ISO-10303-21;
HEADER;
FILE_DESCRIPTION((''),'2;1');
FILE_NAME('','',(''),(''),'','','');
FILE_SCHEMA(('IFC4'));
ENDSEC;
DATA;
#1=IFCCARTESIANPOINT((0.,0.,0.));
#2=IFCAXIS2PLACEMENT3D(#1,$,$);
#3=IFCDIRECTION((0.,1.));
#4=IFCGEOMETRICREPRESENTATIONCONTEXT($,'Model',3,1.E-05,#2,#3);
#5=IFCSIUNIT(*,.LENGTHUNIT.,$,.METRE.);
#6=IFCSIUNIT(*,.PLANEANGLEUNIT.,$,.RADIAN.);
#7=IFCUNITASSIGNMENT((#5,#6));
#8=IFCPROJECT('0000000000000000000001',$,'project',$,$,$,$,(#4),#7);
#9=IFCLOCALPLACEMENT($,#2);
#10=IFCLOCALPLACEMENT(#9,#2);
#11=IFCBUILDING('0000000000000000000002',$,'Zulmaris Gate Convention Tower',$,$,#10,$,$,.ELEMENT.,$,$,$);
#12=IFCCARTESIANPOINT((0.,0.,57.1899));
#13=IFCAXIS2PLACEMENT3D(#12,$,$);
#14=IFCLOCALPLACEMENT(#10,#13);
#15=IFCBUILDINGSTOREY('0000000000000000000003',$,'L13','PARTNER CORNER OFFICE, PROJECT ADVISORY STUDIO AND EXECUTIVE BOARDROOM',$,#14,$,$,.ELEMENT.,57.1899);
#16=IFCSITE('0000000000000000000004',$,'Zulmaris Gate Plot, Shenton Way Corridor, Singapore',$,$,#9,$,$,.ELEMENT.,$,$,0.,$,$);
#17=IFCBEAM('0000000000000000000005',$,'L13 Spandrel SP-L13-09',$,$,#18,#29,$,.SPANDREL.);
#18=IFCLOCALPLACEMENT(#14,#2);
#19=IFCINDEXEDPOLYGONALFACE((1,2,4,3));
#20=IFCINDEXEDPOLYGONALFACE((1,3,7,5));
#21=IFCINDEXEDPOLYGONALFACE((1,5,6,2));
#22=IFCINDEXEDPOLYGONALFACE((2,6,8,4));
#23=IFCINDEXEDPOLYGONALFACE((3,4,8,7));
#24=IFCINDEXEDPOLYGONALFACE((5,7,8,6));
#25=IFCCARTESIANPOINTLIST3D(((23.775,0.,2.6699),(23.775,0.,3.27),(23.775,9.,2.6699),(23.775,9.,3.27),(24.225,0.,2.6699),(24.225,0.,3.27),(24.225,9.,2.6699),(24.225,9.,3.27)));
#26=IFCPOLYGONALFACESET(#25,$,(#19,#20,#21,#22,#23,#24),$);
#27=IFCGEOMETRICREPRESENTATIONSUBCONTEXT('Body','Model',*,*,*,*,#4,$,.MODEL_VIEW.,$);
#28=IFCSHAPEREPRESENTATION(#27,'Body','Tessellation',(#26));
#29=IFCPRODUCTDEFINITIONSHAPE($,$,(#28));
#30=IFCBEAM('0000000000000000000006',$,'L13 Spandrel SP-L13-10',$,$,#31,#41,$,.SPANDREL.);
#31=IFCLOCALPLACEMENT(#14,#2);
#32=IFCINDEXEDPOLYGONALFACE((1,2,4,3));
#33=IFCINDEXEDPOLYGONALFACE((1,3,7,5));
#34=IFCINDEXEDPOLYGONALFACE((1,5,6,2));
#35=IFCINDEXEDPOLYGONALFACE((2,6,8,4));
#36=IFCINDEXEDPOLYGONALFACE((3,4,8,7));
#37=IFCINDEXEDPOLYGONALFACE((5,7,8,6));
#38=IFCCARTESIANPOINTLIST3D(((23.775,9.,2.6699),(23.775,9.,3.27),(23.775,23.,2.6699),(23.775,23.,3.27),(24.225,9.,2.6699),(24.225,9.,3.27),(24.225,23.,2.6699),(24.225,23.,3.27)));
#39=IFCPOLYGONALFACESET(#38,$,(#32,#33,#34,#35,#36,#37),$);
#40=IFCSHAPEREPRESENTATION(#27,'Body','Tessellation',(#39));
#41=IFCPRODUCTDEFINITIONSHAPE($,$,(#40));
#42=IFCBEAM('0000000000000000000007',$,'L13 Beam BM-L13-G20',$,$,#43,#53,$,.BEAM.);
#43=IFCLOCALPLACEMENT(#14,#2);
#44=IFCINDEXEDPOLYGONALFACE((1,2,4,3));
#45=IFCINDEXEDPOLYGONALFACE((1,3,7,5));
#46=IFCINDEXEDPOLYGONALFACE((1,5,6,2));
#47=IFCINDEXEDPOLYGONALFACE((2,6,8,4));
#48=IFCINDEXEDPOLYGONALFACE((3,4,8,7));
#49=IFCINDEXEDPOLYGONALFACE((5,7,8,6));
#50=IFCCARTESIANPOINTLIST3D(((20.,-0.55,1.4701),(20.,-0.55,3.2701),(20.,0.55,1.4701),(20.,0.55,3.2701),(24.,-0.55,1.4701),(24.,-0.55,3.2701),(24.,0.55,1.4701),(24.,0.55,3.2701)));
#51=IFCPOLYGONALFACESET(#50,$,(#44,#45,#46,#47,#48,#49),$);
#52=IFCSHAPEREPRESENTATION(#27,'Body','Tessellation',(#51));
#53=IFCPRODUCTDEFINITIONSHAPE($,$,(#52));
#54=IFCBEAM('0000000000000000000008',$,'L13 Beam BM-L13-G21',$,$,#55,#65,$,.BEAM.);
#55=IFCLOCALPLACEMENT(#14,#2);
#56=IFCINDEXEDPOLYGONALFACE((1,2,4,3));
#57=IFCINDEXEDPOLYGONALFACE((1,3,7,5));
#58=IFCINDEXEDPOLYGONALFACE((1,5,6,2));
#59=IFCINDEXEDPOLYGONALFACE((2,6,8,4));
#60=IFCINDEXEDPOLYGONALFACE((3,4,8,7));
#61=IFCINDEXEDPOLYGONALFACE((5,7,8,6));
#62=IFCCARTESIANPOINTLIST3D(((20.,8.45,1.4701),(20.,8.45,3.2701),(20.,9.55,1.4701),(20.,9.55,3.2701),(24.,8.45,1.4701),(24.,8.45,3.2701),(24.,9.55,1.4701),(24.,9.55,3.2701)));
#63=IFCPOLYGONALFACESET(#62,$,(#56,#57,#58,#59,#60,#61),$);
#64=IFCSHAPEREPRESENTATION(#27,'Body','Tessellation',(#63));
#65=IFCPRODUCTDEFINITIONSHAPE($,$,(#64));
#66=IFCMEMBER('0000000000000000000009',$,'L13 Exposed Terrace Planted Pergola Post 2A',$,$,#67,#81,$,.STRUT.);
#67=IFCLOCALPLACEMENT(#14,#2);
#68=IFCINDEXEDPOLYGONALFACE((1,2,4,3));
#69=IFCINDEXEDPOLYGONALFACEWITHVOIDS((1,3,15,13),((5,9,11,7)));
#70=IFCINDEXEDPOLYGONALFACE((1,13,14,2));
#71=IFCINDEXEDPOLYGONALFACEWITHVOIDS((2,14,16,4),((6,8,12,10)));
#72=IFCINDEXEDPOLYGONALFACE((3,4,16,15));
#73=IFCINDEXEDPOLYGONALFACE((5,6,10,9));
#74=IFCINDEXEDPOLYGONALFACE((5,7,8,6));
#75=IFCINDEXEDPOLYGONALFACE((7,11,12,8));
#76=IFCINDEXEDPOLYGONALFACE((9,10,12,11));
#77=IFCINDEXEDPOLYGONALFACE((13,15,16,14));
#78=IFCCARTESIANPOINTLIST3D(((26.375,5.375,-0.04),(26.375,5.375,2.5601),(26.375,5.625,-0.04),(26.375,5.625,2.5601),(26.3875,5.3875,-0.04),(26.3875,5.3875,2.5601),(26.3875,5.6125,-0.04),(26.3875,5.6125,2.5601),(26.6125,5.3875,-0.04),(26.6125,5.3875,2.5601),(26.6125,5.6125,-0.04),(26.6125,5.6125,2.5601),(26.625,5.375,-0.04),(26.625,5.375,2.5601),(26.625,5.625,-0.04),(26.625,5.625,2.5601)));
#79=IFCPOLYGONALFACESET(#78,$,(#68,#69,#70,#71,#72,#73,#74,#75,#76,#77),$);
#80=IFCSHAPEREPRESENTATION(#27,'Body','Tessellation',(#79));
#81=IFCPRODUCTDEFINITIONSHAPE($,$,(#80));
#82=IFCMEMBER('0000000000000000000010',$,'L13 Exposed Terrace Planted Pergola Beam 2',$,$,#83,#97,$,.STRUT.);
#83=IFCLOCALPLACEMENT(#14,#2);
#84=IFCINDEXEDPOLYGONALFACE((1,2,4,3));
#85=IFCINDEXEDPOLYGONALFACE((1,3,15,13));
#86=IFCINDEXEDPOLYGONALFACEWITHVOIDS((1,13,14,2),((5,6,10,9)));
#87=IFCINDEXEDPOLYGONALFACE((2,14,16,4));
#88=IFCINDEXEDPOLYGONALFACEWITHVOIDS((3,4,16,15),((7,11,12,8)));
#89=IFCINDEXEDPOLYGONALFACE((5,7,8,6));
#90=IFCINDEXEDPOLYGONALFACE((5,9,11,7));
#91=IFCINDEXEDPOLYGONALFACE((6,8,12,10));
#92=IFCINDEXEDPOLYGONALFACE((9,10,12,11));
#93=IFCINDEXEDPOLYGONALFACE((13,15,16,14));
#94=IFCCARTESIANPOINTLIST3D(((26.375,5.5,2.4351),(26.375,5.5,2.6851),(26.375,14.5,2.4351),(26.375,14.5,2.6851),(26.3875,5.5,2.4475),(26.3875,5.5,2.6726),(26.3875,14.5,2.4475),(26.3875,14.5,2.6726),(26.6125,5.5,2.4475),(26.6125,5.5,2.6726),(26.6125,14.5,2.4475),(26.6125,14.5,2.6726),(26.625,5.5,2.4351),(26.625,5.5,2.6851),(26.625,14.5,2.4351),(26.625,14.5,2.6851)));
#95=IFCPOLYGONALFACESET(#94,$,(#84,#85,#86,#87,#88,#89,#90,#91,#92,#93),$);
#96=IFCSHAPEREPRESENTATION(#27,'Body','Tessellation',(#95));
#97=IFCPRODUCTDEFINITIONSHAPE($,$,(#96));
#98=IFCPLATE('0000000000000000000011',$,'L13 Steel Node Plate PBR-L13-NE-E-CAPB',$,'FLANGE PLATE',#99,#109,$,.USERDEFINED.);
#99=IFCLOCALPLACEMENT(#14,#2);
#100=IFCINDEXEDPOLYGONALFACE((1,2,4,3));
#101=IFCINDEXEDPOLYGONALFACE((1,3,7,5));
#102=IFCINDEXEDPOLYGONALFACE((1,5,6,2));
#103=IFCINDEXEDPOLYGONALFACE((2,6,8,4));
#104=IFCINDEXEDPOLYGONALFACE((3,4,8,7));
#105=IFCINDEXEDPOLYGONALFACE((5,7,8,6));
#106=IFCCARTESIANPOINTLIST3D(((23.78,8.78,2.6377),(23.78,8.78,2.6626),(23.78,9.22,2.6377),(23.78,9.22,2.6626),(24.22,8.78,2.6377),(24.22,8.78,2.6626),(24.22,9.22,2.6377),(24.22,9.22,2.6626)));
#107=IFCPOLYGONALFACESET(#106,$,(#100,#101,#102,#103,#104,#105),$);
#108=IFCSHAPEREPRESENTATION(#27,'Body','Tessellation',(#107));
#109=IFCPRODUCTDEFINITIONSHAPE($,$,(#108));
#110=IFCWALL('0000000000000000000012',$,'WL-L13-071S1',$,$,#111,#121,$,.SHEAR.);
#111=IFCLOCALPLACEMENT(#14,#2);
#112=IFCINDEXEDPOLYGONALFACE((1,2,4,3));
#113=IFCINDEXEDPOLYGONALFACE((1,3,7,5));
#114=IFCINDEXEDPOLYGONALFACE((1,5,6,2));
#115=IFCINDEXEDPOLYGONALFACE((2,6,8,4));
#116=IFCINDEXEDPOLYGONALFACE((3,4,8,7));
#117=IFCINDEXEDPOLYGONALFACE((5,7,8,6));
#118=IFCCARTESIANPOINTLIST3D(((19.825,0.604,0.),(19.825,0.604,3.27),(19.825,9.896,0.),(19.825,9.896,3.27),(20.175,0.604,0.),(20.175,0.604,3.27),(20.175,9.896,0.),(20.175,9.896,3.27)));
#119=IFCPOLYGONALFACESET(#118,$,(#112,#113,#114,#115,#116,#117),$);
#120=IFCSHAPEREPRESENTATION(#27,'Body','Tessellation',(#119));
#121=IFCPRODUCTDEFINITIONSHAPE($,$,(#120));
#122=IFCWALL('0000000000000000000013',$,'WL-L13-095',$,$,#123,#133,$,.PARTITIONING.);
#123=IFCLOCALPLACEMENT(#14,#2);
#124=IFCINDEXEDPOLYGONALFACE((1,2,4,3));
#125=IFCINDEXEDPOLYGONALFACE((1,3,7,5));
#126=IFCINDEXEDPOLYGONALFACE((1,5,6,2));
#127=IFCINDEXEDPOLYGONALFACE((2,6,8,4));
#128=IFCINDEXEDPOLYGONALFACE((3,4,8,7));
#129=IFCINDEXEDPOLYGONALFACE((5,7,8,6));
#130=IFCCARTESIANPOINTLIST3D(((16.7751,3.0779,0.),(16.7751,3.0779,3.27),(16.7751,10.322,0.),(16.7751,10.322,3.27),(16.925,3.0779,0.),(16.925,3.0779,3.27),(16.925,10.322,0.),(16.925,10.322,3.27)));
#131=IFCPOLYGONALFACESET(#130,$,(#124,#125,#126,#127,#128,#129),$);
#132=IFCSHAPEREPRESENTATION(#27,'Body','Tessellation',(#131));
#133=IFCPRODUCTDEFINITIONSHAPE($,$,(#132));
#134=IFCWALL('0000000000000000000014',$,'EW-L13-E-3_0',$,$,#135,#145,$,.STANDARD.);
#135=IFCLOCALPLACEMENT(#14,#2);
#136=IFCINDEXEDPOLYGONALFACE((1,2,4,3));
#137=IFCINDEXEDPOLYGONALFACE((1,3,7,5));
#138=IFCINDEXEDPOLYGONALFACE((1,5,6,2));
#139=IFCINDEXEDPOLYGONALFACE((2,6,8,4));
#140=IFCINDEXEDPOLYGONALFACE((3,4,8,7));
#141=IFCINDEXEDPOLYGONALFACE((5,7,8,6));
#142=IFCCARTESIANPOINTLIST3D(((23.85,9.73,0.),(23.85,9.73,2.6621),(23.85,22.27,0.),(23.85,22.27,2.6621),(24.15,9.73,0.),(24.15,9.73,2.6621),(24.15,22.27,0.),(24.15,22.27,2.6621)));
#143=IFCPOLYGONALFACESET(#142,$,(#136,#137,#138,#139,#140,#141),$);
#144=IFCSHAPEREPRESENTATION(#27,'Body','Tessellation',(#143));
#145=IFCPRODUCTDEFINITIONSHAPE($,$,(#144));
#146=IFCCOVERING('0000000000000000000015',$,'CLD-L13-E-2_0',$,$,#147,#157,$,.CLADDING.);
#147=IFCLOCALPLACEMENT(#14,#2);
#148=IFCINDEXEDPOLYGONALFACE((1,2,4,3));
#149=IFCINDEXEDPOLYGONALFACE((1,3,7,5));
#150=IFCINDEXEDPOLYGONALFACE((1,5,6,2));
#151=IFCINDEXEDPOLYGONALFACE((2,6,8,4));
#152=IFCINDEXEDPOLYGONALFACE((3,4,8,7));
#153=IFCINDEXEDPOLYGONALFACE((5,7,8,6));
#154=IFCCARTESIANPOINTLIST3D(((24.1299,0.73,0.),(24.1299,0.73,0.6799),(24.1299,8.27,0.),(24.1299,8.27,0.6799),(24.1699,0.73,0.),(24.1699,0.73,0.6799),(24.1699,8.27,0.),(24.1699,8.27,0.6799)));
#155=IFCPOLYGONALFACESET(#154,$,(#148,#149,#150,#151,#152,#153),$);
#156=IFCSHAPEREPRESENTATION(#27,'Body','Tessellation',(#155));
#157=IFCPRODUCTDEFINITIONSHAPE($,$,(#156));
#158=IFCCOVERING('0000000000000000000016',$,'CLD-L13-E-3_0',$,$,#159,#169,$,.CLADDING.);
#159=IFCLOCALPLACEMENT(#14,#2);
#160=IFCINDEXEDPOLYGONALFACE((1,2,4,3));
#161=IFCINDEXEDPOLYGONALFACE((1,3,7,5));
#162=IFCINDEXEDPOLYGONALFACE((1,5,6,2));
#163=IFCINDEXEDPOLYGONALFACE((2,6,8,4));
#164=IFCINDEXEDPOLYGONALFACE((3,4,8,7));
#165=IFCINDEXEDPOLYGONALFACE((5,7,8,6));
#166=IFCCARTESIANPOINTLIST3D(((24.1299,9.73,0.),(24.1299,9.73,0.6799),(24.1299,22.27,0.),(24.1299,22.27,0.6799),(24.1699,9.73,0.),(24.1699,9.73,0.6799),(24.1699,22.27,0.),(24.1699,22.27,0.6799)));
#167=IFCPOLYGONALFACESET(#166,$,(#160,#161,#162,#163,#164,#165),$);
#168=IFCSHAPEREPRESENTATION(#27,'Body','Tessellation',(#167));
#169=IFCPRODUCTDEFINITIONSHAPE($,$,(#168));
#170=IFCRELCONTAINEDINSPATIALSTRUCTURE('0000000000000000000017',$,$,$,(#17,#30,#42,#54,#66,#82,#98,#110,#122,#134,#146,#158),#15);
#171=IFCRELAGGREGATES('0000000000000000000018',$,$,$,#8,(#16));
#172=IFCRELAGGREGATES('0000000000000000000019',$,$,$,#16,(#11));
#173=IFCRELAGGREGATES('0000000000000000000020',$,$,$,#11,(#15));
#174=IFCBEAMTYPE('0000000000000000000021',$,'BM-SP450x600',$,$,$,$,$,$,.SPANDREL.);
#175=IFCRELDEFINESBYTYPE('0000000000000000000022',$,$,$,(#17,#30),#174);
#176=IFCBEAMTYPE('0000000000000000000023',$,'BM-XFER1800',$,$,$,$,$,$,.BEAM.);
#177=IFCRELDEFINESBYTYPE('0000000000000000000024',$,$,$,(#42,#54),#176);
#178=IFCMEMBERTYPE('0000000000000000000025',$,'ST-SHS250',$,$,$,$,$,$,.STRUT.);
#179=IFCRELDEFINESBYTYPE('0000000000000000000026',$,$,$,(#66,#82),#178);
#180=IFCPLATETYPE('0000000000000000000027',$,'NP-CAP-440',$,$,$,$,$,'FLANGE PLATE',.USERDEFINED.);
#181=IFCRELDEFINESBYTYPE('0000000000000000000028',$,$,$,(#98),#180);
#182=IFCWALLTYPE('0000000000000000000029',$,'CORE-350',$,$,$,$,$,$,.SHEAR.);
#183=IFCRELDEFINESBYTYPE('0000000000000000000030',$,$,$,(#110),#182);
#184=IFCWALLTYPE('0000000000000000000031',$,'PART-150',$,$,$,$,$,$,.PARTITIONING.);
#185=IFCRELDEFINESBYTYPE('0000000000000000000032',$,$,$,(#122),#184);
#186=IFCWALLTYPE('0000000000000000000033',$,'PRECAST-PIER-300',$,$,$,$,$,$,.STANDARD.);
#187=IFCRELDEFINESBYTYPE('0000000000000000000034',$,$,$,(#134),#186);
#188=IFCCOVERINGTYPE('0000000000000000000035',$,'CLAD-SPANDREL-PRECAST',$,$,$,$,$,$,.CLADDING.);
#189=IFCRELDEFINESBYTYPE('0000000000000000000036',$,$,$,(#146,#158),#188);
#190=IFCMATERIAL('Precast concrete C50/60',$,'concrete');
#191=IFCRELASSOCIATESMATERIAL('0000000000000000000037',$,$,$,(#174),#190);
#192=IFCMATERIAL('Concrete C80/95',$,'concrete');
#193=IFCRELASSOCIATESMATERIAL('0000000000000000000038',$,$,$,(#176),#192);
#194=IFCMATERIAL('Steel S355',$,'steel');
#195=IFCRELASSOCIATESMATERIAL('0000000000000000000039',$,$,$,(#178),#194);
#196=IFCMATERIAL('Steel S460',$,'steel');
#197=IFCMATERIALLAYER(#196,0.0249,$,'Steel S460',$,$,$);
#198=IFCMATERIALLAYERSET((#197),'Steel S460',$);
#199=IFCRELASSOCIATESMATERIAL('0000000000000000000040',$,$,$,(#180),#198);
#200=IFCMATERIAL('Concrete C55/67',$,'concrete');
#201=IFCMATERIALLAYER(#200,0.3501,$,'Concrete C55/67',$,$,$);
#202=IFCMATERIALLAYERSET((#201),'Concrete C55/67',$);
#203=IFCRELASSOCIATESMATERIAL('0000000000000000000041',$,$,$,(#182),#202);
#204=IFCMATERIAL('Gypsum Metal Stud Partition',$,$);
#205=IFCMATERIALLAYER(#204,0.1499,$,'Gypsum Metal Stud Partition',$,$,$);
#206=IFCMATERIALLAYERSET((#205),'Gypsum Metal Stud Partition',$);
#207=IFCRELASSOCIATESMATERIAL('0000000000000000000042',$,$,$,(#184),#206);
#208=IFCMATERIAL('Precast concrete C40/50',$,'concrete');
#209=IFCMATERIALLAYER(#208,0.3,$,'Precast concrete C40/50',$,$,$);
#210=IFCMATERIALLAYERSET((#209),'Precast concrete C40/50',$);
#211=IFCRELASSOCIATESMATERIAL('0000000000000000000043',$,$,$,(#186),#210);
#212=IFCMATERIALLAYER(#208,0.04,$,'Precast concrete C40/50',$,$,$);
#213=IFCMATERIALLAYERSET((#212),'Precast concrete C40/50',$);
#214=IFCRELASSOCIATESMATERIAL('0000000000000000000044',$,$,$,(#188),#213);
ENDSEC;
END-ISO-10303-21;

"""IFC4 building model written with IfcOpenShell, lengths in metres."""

from ifc_helpers import new_model, si_unit, direction, frame, frame_2d, origin, origin_2d, place, context, subcontext, project, spatial, rectangle, hollow_rectangle, extrude, material, layer, layer_set, material_profile, profile_set, type_object, element, save


model = new_model("IFC4")

# Units and contexts
model_context = context("Model", 3, precision=1e-05, world=origin(), true_north=direction((0.0, 1.0)))
body_context = subcontext(model_context, "Body", "Model", "MODEL_VIEW")
ifc_project = project(units=[si_unit("LENGTHUNIT", "METRE"), si_unit("PLANEANGLEUNIT", "RADIAN")], contexts=[model_context])

# Site, building, storey
site_placement = place(None, origin())
site = spatial("IfcSite", under=ifc_project, at=site_placement, Name="Zulmaris Gate Plot, Shenton Way Corridor, Singapore", CompositionType="ELEMENT", RefElevation=0.0)
building_placement = place(site_placement, origin())
building = spatial("IfcBuilding", under=site, at=building_placement, Name="Zulmaris Gate Convention Tower", CompositionType="ELEMENT")
storey_placement = place(building_placement, frame((0.0, 0.0, 57.1899)))
storey = spatial("IfcBuildingStorey", under=building, at=storey_placement, Name="L13", Description="PARTNER CORNER OFFICE, PROJECT ADVISORY STUDIO AND EXECUTIVE BOARDROOM", CompositionType="ELEMENT", Elevation=57.1899)

# Shared definitions
ifc_material_1 = material(Name="Concrete C80/95", Category="concrete")

# Beams
ifc_material_2 = material(Name="Steel S355", Category="steel")
ifc_material_3 = material(Name="Precast concrete C50/60", Category="concrete")
ifc_material_profile_1 = material_profile(ifc_material_3, rectangle(XDim=0.45, YDim=0.6001, at=origin_2d()), Name="RC SPANDREL 450x600")
ifc_profile_set_1 = profile_set([ifc_material_profile_1], Name="Precast concrete C50/60")
beam_type_1 = type_object("IfcBeamType", Name="BM-SP450x600", PredefinedType="SPANDREL", material=ifc_profile_set_1)
beam_1_placement = place(storey_placement, frame((24.0, 0.0, 2.97), z_axis=(0.0, 1.0, 0.0), x_axis=(-1.0, 0.0, 0.0)))
element("IfcBeam", 1, at=beam_1_placement, inside=storey, type_object=beam_type_1, Name="L13 Spandrel SP-L13-09", PredefinedType="SPANDREL", context=body_context, shape_type="SweptSolid", body=[
    extrude(rectangle(XDim=0.45, YDim=0.6001, at=origin_2d()), origin(), (0.0, 0.0, 1.0), 9.0),
])
beam_2_placement = place(storey_placement, frame((24.0, 9.0, 2.97), z_axis=(0.0, 1.0, 0.0), x_axis=(-1.0, 0.0, 0.0)))
element("IfcBeam", 2, at=beam_2_placement, inside=storey, type_object=beam_type_1, Name="L13 Spandrel SP-L13-10", PredefinedType="SPANDREL", context=body_context, shape_type="SweptSolid", body=[
    extrude(rectangle(XDim=0.45, YDim=0.6001, at=origin_2d()), origin(), (0.0, 0.0, 1.0), 14.0),
])
ifc_material_profile_2 = material_profile(ifc_material_1, rectangle(XDim=1.1001, YDim=1.8, at=origin_2d()), Name="RC TRANSFER 1100x1800")
ifc_profile_set_2 = profile_set([ifc_material_profile_2], Name="Concrete C80/95")
beam_type_2 = type_object("IfcBeamType", Name="BM-XFER1800", PredefinedType="BEAM", material=ifc_profile_set_2)
for number, where, z_axis, x_axis, name in (
    (3, (20.0, 0.0, 2.3701), (1.0, 0.0, 0.0), (0.0, 1.0, 0.0), "L13 Beam BM-L13-G20"),
    (4, (20.0, 9.0, 2.3701), (1.0, 0.0, 0.0), (0.0, 1.0, 0.0), "L13 Beam BM-L13-G21"),
):
    element("IfcBeam", number, at=place(storey_placement, frame(where, z_axis=z_axis, x_axis=x_axis)), inside=storey, type_object=beam_type_2, Name=name, PredefinedType="BEAM", context=body_context, shape_type="SweptSolid", body=[
        extrude(rectangle(XDim=1.1001, YDim=1.8, at=origin_2d()), origin(), (0.0, 0.0, 1.0), 4.0),
    ])

# Members
ifc_material_profile_3 = material_profile(ifc_material_2, hollow_rectangle(XDim=0.25, YDim=0.25, WallThickness=0.0125, at=origin_2d()), Name="SHS 250x250x12.5")
ifc_profile_set_3 = profile_set([ifc_material_profile_3], Name="Steel S355")
member_type = type_object("IfcMemberType", Name="ST-SHS250", PredefinedType="STRUT", material=ifc_profile_set_3)
member_1_placement = place(storey_placement, frame((26.5, 5.5, -0.04), z_axis=(0.0, 0.0, 1.0), x_axis=(1.0, 0.0, 0.0)))
element("IfcMember", 5, at=member_1_placement, inside=storey, type_object=member_type, Name="L13 Exposed Terrace Planted Pergola Post 2A", PredefinedType="STRUT", context=body_context, shape_type="SweptSolid", body=[
    extrude(hollow_rectangle(XDim=0.25, YDim=0.25, WallThickness=0.0125, at=origin_2d()), origin(), (0.0, 0.0, 1.0), 2.6001),
])
member_2_placement = place(storey_placement, frame((26.5, 5.5, 2.5601), z_axis=(0.0, 1.0, 0.0), x_axis=(-1.0, 0.0, 0.0)))
element("IfcMember", 6, at=member_2_placement, inside=storey, type_object=member_type, Name="L13 Exposed Terrace Planted Pergola Beam 2", PredefinedType="STRUT", context=body_context, shape_type="SweptSolid", body=[
    extrude(hollow_rectangle(XDim=0.25, YDim=0.25, WallThickness=0.0125, at=origin_2d()), origin(), (0.0, 0.0, 1.0), 9.0),
])

# Plate
ifc_material_4 = material(Name="Steel S460", Category="steel")
ifc_layer_1 = layer(ifc_material_4, 0.0249, Name="Steel S460")
ifc_layer_set_1 = layer_set([ifc_layer_1], Name="Steel S460")
plate_type = type_object("IfcPlateType", Name="NP-CAP-440", ElementType="FLANGE PLATE", PredefinedType="USERDEFINED", material=ifc_layer_set_1)
plate_placement = place(storey_placement, frame((24.0, 9.0, 2.6377), z_axis=(0.0, 0.0, 1.0), x_axis=(1.0, 0.0, 0.0)))
element("IfcPlate", 7, at=plate_placement, inside=storey, type_object=plate_type, Name="L13 Steel Node Plate PBR-L13-NE-E-CAPB", ObjectType="FLANGE PLATE", PredefinedType="USERDEFINED", context=body_context, shape_type="SweptSolid", body=[
    extrude(rectangle(XDim=0.4399, YDim=0.4399, at=origin_2d()), origin(), (0.0, 0.0, 1.0), 0.0249),
])

# Shared definitions
ifc_material_5 = material(Name="Concrete C55/67", Category="concrete")
ifc_layer_2 = layer(ifc_material_5, 0.3501, Name="Concrete C55/67")
ifc_layer_set_2 = layer_set([ifc_layer_2], Name="Concrete C55/67")
wall_type_1 = type_object("IfcWallType", Name="CORE-350", PredefinedType="SHEAR", material=ifc_layer_set_2)

# Wall
wall_1_placement = place(storey_placement, frame((20.0, 0.604, 0.0), z_axis=(0.0, 0.0, 1.0), x_axis=(0.0, 1.0, 0.0)))
element("IfcWall", 8, at=wall_1_placement, inside=storey, type_object=wall_type_1, Name="WL-L13-071S1", PredefinedType="SHEAR", context=body_context, shape_type="SweptSolid", body=[
    extrude(rectangle(XDim=9.292, YDim=0.3501, at=frame_2d((4.646, 0.0))), origin(), (0.0, 0.0, 1.0), 3.27),
])

# Shared definitions
ifc_material_6 = material(Name="Gypsum Metal Stud Partition")
ifc_layer_3 = layer(ifc_material_6, 0.1499, Name="Gypsum Metal Stud Partition")
ifc_layer_set_3 = layer_set([ifc_layer_3], Name="Gypsum Metal Stud Partition")
wall_type_2 = type_object("IfcWallType", Name="PART-150", PredefinedType="PARTITIONING", material=ifc_layer_set_3)

# Wall
wall_2_placement = place(storey_placement, frame((16.8501, 3.0779, 0.0), z_axis=(0.0, 0.0, 1.0), x_axis=(0.0, 1.0, 0.0)))
element("IfcWall", 9, at=wall_2_placement, inside=storey, type_object=wall_type_2, Name="WL-L13-095", PredefinedType="PARTITIONING", context=body_context, shape_type="SweptSolid", body=[
    extrude(rectangle(XDim=7.2441, YDim=0.1499, at=frame_2d((3.6221, 0.0))), origin(), (0.0, 0.0, 1.0), 3.27),
])

# Shared definitions
ifc_material_7 = material(Name="Precast concrete C40/50", Category="concrete")
ifc_layer_4 = layer(ifc_material_7, 0.3, Name="Precast concrete C40/50")
ifc_layer_set_4 = layer_set([ifc_layer_4], Name="Precast concrete C40/50")
wall_type_3 = type_object("IfcWallType", Name="PRECAST-PIER-300", PredefinedType="STANDARD", material=ifc_layer_set_4)

# Wall
wall_3_placement = place(storey_placement, frame((24.0, 9.73, 0.0), z_axis=(0.0, 0.0, 1.0), x_axis=(0.0, 1.0, 0.0)))
element("IfcWall", 10, at=wall_3_placement, inside=storey, type_object=wall_type_3, Name="EW-L13-E-3_0", PredefinedType="STANDARD", context=body_context, shape_type="SweptSolid", body=[
    extrude(rectangle(XDim=12.54, YDim=0.3, at=frame_2d((6.27, 0.0))), origin(), (0.0, 0.0, 1.0), 2.6621),
])

# Coverings
ifc_layer_5 = layer(ifc_material_7, 0.04, Name="Precast concrete C40/50")
ifc_layer_set_5 = layer_set([ifc_layer_5], Name="Precast concrete C40/50")
covering_type = type_object("IfcCoveringType", Name="CLAD-SPANDREL-PRECAST", PredefinedType="CLADDING", material=ifc_layer_set_5)
covering_1_placement = place(storey_placement, frame((24.1499, 0.73, 0.0), z_axis=(0.0, 0.0, 1.0), x_axis=(0.0, 1.0, 0.0)))
element("IfcCovering", 11, at=covering_1_placement, inside=storey, type_object=covering_type, Name="CLD-L13-E-2_0", PredefinedType="CLADDING", context=body_context, shape_type="SweptSolid", body=[
    extrude(rectangle(XDim=7.54, YDim=0.04, at=frame_2d((3.77, 0.0))), origin(), (0.0, 0.0, 1.0), 0.6799),
])
covering_2_placement = place(storey_placement, frame((24.1499, 9.73, 0.0), z_axis=(0.0, 0.0, 1.0), x_axis=(0.0, 1.0, 0.0)))
element("IfcCovering", 12, at=covering_2_placement, inside=storey, type_object=covering_type, Name="CLD-L13-E-3_0", PredefinedType="CLADDING", context=body_context, shape_type="SweptSolid", body=[
    extrude(rectangle(XDim=12.54, YDim=0.04, at=frame_2d((6.27, 0.0))), origin(), (0.0, 0.0, 1.0), 0.6799),
])

save(model, "model.ifc")
